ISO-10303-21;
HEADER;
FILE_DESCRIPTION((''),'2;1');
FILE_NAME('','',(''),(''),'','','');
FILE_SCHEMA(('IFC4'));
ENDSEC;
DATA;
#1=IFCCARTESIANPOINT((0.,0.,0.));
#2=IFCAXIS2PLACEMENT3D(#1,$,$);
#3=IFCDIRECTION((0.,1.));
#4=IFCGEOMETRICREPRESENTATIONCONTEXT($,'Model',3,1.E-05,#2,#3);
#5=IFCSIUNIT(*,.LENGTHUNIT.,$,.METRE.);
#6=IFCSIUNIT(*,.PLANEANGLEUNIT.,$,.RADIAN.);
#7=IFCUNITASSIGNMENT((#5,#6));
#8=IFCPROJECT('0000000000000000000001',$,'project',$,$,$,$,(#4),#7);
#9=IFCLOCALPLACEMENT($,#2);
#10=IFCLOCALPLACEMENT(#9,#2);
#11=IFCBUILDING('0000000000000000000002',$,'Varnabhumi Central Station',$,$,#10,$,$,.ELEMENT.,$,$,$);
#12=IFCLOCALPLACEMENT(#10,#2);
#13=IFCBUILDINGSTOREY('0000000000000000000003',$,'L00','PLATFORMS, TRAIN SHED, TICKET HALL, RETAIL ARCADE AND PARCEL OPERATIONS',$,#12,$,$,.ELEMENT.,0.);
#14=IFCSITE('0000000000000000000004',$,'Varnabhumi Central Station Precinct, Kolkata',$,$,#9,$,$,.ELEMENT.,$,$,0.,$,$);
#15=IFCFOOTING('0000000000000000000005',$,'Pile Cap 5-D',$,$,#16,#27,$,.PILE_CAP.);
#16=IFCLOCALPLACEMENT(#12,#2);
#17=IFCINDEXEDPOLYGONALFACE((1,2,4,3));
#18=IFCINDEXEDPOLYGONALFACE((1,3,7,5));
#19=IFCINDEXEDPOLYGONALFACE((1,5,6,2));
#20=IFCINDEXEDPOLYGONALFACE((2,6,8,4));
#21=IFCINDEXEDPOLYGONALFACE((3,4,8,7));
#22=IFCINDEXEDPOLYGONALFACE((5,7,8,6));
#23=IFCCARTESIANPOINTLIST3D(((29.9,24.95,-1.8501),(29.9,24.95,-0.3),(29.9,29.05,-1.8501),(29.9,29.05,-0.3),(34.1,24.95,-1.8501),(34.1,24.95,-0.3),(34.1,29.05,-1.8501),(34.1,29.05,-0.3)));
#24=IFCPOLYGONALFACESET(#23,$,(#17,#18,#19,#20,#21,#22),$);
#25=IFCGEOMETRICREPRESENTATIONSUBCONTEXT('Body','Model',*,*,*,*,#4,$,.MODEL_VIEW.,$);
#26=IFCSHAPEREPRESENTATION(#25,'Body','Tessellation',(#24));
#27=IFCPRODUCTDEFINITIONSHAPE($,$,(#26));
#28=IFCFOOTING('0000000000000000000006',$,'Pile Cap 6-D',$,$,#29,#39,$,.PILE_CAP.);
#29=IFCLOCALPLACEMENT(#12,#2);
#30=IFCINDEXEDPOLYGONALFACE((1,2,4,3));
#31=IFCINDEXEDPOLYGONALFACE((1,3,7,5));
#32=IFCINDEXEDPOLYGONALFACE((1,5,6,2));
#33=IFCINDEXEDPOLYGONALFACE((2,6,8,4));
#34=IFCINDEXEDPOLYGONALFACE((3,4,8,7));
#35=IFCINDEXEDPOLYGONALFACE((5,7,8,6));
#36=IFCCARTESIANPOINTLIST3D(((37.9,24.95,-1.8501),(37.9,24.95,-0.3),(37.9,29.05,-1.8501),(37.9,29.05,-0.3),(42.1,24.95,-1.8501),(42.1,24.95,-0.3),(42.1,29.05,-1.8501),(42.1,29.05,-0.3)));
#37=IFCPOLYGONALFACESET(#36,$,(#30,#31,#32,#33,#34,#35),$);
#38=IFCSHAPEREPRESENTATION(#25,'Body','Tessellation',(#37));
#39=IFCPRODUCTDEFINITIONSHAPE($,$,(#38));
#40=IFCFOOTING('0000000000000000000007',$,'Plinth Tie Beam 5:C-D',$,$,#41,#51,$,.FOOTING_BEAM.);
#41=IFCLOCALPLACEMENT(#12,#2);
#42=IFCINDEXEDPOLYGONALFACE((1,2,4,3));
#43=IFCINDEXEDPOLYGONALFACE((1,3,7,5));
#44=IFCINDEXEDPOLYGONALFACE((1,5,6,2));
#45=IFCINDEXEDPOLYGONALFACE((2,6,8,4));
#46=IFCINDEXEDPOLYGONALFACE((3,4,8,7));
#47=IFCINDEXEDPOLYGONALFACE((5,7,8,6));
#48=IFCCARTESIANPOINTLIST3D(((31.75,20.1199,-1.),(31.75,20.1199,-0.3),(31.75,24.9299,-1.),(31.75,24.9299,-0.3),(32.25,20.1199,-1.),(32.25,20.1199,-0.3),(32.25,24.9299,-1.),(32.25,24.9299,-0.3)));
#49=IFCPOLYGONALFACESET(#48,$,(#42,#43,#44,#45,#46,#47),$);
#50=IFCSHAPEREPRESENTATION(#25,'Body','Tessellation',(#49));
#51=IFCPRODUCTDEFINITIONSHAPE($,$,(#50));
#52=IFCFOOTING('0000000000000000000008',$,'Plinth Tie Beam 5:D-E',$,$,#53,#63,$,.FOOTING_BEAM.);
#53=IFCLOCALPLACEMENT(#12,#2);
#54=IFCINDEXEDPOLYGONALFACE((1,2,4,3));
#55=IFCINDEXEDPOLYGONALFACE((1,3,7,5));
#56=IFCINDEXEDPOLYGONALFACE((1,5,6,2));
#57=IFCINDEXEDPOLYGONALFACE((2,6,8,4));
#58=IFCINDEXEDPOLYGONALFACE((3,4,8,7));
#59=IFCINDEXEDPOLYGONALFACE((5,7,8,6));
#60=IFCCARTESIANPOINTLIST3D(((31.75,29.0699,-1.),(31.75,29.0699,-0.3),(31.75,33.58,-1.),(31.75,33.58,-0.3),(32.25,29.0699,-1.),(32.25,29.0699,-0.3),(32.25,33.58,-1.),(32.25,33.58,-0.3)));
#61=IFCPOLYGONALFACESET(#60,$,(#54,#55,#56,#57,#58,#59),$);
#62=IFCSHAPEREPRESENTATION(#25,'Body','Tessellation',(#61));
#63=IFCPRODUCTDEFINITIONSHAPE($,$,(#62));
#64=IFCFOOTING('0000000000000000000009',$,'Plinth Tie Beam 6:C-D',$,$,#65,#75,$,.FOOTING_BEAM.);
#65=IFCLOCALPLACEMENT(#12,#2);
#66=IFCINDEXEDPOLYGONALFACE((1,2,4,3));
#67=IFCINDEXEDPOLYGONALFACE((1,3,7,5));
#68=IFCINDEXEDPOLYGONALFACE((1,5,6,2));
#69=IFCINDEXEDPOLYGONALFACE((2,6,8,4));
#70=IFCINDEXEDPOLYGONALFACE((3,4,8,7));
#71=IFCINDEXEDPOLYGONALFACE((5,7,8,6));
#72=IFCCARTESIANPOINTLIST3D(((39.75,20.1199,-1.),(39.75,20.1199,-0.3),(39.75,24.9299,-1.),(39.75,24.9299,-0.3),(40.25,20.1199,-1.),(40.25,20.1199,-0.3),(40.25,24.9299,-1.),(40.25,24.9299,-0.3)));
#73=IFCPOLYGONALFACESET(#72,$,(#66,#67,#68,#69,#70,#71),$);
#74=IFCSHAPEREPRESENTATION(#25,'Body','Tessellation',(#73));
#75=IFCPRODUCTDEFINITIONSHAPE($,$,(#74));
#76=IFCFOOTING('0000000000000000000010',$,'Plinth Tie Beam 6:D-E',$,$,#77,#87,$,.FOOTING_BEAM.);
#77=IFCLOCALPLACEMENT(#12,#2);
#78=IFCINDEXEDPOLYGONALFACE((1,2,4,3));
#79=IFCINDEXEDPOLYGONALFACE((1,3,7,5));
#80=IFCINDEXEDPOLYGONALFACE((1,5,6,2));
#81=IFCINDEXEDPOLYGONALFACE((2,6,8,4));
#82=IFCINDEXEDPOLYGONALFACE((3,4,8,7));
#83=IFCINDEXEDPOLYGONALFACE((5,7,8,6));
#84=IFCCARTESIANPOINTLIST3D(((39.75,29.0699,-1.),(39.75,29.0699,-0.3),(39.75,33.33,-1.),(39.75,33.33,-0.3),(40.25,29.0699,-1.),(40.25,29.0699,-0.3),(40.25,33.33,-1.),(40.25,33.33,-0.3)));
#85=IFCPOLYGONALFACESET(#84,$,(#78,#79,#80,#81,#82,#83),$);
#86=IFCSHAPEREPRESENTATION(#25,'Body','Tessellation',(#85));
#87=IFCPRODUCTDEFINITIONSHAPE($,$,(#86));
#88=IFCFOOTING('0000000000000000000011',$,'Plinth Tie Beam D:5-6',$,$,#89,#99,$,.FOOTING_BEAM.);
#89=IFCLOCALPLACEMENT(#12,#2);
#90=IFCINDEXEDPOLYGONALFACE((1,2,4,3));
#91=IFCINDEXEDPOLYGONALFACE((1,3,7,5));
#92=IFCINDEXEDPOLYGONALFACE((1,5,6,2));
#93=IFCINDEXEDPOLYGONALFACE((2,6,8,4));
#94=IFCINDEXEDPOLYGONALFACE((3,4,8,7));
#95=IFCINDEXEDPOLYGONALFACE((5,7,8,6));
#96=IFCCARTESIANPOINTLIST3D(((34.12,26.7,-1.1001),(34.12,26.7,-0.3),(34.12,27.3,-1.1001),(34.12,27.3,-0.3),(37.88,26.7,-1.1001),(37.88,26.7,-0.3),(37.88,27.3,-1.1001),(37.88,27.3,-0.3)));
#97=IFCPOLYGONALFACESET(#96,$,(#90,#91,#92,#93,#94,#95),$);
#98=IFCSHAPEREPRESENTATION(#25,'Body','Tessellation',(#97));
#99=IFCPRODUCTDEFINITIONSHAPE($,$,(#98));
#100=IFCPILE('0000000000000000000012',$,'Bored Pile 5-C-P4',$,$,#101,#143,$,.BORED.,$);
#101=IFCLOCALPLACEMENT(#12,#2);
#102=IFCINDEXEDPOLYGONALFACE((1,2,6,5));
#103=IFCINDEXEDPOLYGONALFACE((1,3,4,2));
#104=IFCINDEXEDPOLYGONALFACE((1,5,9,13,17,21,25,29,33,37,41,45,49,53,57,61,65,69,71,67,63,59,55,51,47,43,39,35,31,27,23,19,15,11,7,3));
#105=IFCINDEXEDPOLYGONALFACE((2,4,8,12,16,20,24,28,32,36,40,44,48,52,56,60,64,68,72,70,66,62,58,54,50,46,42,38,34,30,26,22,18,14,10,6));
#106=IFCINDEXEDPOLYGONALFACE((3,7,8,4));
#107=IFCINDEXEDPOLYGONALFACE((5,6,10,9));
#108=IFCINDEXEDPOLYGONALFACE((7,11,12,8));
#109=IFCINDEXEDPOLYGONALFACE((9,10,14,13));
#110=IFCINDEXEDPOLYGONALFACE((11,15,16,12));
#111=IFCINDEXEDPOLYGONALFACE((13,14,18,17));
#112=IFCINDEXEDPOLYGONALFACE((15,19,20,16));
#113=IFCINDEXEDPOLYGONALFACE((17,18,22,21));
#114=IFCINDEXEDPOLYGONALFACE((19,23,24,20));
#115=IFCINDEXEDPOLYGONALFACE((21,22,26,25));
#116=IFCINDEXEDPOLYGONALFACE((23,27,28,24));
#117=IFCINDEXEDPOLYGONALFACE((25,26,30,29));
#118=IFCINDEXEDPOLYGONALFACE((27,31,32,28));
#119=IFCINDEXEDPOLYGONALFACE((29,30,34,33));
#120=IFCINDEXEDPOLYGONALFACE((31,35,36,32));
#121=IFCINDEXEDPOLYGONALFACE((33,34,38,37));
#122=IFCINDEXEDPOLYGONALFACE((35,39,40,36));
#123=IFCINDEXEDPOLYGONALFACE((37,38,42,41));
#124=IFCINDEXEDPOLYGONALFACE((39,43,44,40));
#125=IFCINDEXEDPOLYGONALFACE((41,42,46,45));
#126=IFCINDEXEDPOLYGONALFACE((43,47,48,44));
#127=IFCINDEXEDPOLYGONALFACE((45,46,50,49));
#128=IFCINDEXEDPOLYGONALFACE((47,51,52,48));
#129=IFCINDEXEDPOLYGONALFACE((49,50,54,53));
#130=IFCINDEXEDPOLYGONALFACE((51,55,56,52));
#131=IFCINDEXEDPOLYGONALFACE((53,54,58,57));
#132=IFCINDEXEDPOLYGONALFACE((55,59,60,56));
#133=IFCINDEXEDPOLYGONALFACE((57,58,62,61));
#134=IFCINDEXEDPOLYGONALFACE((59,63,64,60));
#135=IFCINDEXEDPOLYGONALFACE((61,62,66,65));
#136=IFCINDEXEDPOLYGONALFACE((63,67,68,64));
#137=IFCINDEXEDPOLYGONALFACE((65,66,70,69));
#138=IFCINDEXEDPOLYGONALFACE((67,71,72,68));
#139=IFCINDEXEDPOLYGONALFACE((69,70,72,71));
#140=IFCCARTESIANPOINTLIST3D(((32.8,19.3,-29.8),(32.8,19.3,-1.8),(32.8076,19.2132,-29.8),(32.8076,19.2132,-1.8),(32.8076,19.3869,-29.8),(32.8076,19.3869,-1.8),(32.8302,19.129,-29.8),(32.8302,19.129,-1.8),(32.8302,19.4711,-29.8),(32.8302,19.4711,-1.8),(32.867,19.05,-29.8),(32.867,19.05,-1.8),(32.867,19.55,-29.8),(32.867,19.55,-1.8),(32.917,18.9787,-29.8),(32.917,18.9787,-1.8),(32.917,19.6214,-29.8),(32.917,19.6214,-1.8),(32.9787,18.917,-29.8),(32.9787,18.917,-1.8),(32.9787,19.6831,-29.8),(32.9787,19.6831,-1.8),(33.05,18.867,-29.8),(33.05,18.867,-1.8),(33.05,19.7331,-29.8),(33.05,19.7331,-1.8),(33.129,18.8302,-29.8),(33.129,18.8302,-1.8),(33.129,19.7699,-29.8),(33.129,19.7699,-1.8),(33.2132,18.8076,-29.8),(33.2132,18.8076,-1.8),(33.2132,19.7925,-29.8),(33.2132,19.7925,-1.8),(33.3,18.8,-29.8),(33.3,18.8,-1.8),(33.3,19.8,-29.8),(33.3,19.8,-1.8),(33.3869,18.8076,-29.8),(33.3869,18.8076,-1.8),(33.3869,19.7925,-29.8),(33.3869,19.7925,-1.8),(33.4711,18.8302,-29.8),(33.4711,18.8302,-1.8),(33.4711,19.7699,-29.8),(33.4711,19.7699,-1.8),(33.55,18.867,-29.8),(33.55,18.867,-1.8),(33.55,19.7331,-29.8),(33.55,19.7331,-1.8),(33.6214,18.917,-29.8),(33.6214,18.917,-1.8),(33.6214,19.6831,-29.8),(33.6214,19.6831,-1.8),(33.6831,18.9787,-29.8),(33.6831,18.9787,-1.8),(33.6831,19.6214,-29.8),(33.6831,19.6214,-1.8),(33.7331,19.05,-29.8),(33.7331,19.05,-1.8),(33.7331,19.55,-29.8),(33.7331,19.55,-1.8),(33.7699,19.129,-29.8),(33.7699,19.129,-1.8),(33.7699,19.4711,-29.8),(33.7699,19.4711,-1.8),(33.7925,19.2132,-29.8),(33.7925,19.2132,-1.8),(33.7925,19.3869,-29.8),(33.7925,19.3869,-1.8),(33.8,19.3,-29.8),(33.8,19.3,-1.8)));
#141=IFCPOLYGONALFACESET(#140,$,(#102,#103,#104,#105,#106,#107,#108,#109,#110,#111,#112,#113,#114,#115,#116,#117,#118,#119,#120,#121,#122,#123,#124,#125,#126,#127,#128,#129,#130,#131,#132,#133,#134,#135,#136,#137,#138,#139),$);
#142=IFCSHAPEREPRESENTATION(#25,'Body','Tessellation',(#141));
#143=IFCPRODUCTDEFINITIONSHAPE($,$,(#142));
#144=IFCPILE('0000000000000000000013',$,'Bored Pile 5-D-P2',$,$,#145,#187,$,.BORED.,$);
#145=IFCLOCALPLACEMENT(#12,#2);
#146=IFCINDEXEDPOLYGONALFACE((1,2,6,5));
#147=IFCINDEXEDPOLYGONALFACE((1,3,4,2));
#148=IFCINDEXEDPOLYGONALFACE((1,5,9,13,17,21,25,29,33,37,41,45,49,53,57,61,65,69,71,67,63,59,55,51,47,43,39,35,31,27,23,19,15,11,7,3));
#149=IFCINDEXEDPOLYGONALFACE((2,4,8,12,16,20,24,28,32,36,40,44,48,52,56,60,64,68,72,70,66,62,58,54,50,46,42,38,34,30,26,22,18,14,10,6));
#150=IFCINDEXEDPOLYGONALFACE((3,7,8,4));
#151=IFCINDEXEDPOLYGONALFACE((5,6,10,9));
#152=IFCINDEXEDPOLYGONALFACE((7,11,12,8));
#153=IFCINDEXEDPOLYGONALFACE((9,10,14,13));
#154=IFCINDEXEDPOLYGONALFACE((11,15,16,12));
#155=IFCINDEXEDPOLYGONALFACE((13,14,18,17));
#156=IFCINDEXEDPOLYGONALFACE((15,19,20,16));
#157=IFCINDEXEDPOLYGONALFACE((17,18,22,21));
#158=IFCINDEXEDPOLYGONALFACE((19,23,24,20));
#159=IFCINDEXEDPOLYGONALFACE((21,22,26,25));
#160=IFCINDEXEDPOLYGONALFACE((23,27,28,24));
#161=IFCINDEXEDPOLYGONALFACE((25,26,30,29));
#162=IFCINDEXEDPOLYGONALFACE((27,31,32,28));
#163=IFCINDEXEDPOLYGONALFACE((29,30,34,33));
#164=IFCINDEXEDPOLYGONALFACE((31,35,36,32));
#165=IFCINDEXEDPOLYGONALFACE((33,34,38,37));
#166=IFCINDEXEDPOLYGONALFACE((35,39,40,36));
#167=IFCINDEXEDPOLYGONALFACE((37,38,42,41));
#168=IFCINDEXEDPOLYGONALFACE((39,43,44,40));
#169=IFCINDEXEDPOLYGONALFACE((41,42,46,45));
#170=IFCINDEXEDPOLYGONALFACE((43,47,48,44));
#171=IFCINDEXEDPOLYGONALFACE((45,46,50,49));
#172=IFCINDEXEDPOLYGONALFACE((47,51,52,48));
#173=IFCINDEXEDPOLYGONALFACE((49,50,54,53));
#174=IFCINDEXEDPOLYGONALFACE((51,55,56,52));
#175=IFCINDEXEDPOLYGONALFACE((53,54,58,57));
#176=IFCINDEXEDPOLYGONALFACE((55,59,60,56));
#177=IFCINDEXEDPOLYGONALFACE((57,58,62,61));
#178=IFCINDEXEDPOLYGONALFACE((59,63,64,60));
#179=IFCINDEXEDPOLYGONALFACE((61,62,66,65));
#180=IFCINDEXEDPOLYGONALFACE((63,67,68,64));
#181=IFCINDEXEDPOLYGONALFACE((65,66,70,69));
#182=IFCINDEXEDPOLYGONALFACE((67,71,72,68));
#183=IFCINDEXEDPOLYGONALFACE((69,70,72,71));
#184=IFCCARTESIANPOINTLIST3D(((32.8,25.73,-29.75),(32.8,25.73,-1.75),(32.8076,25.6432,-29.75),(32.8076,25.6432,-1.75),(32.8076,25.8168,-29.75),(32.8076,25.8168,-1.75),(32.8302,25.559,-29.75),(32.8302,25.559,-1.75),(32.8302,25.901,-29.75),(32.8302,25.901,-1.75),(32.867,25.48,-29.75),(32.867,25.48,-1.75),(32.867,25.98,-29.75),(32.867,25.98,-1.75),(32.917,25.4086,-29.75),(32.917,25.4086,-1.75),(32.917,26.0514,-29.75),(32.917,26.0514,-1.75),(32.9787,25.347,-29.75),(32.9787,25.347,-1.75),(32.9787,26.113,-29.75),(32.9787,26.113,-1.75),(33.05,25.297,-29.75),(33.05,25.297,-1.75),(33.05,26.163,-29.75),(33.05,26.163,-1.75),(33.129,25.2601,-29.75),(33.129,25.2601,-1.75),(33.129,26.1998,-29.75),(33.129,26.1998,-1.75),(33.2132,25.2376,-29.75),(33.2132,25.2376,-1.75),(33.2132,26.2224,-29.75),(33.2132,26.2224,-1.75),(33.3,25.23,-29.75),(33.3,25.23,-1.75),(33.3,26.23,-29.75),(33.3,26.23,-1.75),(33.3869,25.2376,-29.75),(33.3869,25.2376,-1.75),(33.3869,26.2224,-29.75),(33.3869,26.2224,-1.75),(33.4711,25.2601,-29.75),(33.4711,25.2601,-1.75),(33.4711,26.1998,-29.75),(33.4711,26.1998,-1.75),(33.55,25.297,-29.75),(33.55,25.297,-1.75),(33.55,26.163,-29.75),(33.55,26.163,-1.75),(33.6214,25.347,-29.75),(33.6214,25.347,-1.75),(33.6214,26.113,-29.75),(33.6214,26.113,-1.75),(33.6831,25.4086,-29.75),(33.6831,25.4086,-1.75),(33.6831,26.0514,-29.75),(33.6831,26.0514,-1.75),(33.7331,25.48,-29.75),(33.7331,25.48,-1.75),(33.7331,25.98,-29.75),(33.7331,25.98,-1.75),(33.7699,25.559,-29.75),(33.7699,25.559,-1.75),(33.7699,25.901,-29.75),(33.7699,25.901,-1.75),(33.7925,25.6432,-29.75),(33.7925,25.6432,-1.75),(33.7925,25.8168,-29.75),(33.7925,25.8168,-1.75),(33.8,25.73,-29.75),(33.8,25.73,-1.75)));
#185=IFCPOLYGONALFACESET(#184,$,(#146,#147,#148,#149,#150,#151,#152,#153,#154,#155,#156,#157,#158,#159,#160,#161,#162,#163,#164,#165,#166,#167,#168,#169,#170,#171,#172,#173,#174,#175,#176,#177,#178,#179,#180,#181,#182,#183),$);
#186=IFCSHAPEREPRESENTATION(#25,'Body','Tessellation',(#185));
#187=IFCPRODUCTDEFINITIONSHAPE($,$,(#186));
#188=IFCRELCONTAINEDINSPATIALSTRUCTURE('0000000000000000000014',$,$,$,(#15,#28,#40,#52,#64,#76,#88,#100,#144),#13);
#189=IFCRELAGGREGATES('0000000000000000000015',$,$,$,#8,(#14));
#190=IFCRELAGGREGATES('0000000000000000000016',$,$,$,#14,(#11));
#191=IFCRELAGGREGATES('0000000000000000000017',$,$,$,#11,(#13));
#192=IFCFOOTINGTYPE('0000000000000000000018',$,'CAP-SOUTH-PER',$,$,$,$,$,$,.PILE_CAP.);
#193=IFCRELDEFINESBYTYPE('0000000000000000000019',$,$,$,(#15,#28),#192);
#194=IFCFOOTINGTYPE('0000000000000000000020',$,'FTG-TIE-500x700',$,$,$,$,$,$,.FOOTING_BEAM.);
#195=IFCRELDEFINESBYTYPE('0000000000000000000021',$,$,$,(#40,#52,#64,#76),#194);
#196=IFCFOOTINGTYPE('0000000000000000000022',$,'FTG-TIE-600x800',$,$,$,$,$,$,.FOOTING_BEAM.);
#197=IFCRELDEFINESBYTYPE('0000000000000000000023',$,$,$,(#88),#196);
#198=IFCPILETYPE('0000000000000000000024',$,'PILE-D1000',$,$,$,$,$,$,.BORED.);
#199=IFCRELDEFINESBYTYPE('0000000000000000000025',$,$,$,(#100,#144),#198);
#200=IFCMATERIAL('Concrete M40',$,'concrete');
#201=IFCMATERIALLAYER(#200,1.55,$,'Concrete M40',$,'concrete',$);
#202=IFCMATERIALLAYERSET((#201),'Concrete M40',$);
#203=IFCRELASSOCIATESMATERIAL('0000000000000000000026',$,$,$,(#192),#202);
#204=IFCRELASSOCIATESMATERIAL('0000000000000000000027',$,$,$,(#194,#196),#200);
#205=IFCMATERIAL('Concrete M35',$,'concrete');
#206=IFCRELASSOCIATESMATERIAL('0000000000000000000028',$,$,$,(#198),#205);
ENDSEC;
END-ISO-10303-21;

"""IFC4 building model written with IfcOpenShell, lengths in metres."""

from ifc_helpers import new_model, si_unit, direction, frame, origin, origin_2d, place, context, subcontext, project, spatial, rectangle, circle, extrude, material, layer, layer_set, material_profile, profile_set, type_object, element, save


model = new_model("IFC4")

# Units and contexts
model_context = context("Model", 3, precision=1e-05, world=origin(), true_north=direction((0.0, 1.0)))
body_context = subcontext(model_context, "Body", "Model", "MODEL_VIEW")
ifc_project = project(units=[si_unit("LENGTHUNIT", "METRE"), si_unit("PLANEANGLEUNIT", "RADIAN")], contexts=[model_context])

# Site, building, storey
site_placement = place(None, origin())
site = spatial("IfcSite", under=ifc_project, at=site_placement, Name="Varnabhumi Central Station Precinct, Kolkata", CompositionType="ELEMENT", RefElevation=0.0)
building_placement = place(site_placement, origin())
building = spatial("IfcBuilding", under=site, at=building_placement, Name="Varnabhumi Central Station", CompositionType="ELEMENT")
storey_placement = place(building_placement, origin())
storey = spatial("IfcBuildingStorey", under=building, at=storey_placement, Name="L00", Description="PLATFORMS, TRAIN SHED, TICKET HALL, RETAIL ARCADE AND PARCEL OPERATIONS", CompositionType="ELEMENT", Elevation=0.0)

# Footings
ifc_material_1 = material(Name="Concrete M40", Category="concrete")
ifc_layer_1 = layer(ifc_material_1, 1.55, Name="Concrete M40", Category="concrete")
ifc_layer_set_1 = layer_set([ifc_layer_1], Name="Concrete M40")
footing_type_1 = type_object("IfcFootingType", Name="CAP-SOUTH-PER", PredefinedType="PILE_CAP", material=ifc_layer_set_1)
for number, where, z_axis, x_axis, name in (
    (1, (32.0, 27.0, -1.8501), (0.0, 0.0, 1.0), (1.0, 0.0, 0.0), "Pile Cap 5-D"),
    (2, (40.0, 27.0, -1.8501), (0.0, 0.0, 1.0), (1.0, 0.0, 0.0), "Pile Cap 6-D"),
):
    element("IfcFooting", number, at=place(storey_placement, frame(where, z_axis=z_axis, x_axis=x_axis)), inside=storey, type_object=footing_type_1, Name=name, PredefinedType="PILE_CAP", context=body_context, shape_type="SweptSolid", body=[
        extrude(rectangle(XDim=4.2, YDim=4.1001, at=origin_2d()), origin(), (0.0, 0.0, 1.0), 1.55),
    ])
footing_type_2 = type_object("IfcFootingType", Name="FTG-TIE-500x700", PredefinedType="FOOTING_BEAM", material=ifc_material_1)
footing_1_placement = place(storey_placement, frame((32.0, 22.5249, -1.0), z_axis=(0.0, 0.0, 1.0), x_axis=(1.0, 0.0, 0.0)))
element("IfcFooting", 3, at=footing_1_placement, inside=storey, type_object=footing_type_2, Name="Plinth Tie Beam 5:C-D", PredefinedType="FOOTING_BEAM", context=body_context, shape_type="SweptSolid", body=[
    extrude(rectangle(XDim=0.5, YDim=4.8101, at=origin_2d()), origin(), (0.0, 0.0, 1.0), 0.7),
])
footing_2_placement = place(storey_placement, frame((32.0, 31.325, -1.0), z_axis=(0.0, 0.0, 1.0), x_axis=(1.0, 0.0, 0.0)))
element("IfcFooting", 4, at=footing_2_placement, inside=storey, type_object=footing_type_2, Name="Plinth Tie Beam 5:D-E", PredefinedType="FOOTING_BEAM", context=body_context, shape_type="SweptSolid", body=[
    extrude(rectangle(XDim=0.5, YDim=4.51, at=origin_2d()), origin(), (0.0, 0.0, 1.0), 0.7),
])
footing_3_placement = place(storey_placement, frame((40.0, 22.5249, -1.0), z_axis=(0.0, 0.0, 1.0), x_axis=(1.0, 0.0, 0.0)))
element("IfcFooting", 5, at=footing_3_placement, inside=storey, type_object=footing_type_2, Name="Plinth Tie Beam 6:C-D", PredefinedType="FOOTING_BEAM", context=body_context, shape_type="SweptSolid", body=[
    extrude(rectangle(XDim=0.5, YDim=4.8101, at=origin_2d()), origin(), (0.0, 0.0, 1.0), 0.7),
])
footing_4_placement = place(storey_placement, frame((40.0, 31.2, -1.0), z_axis=(0.0, 0.0, 1.0), x_axis=(1.0, 0.0, 0.0)))
element("IfcFooting", 6, at=footing_4_placement, inside=storey, type_object=footing_type_2, Name="Plinth Tie Beam 6:D-E", PredefinedType="FOOTING_BEAM", context=body_context, shape_type="SweptSolid", body=[
    extrude(rectangle(XDim=0.5, YDim=4.26, at=origin_2d()), origin(), (0.0, 0.0, 1.0), 0.7),
])
footing_type_3 = type_object("IfcFootingType", Name="FTG-TIE-600x800", PredefinedType="FOOTING_BEAM", material=ifc_material_1)
footing_5_placement = place(storey_placement, frame((36.0, 27.0, -1.1001), z_axis=(0.0, 0.0, 1.0), x_axis=(1.0, 0.0, 0.0)))
element("IfcFooting", 7, at=footing_5_placement, inside=storey, type_object=footing_type_3, Name="Plinth Tie Beam D:5-6", PredefinedType="FOOTING_BEAM", context=body_context, shape_type="SweptSolid", body=[
    extrude(rectangle(XDim=3.76, YDim=0.6001, at=origin_2d()), origin(), (0.0, 0.0, 1.0), 0.8),
])

# Piles
ifc_material_2 = material(Name="Concrete M35", Category="concrete")
ifc_material_profile_1 = material_profile(ifc_material_2, circle(Radius=0.5, at=origin_2d()), Name="Concrete M35", Category="concrete")
ifc_profile_set_1 = profile_set([ifc_material_profile_1], Name="Concrete M35")
pile_type_1 = type_object("IfcPileType", Name="PILE-D1000", PredefinedType="BORED", material=ifc_profile_set_1)
for number, where, z_axis, x_axis, name in (
    (8, (33.3, 19.3, -1.8), (0.0, 0.0, -1.0), (1.0, 0.0, 0.0), "Bored Pile 5-C-P4"),
    (9, (33.3, 25.73, -1.75), (0.0, 0.0, -1.0), (1.0, 0.0, 0.0), "Bored Pile 5-D-P2"),
):
    element("IfcPile", number, at=place(storey_placement, frame(where, z_axis=z_axis, x_axis=x_axis)), inside=storey, type_object=pile_type_1, Name=name, PredefinedType="BORED", context=body_context, shape_type="SweptSolid", body=[
        extrude(circle(Radius=0.5, at=origin_2d()), origin(), (0.0, 0.0, 1.0), 28.0),
    ])

save(model, "model.ifc")
